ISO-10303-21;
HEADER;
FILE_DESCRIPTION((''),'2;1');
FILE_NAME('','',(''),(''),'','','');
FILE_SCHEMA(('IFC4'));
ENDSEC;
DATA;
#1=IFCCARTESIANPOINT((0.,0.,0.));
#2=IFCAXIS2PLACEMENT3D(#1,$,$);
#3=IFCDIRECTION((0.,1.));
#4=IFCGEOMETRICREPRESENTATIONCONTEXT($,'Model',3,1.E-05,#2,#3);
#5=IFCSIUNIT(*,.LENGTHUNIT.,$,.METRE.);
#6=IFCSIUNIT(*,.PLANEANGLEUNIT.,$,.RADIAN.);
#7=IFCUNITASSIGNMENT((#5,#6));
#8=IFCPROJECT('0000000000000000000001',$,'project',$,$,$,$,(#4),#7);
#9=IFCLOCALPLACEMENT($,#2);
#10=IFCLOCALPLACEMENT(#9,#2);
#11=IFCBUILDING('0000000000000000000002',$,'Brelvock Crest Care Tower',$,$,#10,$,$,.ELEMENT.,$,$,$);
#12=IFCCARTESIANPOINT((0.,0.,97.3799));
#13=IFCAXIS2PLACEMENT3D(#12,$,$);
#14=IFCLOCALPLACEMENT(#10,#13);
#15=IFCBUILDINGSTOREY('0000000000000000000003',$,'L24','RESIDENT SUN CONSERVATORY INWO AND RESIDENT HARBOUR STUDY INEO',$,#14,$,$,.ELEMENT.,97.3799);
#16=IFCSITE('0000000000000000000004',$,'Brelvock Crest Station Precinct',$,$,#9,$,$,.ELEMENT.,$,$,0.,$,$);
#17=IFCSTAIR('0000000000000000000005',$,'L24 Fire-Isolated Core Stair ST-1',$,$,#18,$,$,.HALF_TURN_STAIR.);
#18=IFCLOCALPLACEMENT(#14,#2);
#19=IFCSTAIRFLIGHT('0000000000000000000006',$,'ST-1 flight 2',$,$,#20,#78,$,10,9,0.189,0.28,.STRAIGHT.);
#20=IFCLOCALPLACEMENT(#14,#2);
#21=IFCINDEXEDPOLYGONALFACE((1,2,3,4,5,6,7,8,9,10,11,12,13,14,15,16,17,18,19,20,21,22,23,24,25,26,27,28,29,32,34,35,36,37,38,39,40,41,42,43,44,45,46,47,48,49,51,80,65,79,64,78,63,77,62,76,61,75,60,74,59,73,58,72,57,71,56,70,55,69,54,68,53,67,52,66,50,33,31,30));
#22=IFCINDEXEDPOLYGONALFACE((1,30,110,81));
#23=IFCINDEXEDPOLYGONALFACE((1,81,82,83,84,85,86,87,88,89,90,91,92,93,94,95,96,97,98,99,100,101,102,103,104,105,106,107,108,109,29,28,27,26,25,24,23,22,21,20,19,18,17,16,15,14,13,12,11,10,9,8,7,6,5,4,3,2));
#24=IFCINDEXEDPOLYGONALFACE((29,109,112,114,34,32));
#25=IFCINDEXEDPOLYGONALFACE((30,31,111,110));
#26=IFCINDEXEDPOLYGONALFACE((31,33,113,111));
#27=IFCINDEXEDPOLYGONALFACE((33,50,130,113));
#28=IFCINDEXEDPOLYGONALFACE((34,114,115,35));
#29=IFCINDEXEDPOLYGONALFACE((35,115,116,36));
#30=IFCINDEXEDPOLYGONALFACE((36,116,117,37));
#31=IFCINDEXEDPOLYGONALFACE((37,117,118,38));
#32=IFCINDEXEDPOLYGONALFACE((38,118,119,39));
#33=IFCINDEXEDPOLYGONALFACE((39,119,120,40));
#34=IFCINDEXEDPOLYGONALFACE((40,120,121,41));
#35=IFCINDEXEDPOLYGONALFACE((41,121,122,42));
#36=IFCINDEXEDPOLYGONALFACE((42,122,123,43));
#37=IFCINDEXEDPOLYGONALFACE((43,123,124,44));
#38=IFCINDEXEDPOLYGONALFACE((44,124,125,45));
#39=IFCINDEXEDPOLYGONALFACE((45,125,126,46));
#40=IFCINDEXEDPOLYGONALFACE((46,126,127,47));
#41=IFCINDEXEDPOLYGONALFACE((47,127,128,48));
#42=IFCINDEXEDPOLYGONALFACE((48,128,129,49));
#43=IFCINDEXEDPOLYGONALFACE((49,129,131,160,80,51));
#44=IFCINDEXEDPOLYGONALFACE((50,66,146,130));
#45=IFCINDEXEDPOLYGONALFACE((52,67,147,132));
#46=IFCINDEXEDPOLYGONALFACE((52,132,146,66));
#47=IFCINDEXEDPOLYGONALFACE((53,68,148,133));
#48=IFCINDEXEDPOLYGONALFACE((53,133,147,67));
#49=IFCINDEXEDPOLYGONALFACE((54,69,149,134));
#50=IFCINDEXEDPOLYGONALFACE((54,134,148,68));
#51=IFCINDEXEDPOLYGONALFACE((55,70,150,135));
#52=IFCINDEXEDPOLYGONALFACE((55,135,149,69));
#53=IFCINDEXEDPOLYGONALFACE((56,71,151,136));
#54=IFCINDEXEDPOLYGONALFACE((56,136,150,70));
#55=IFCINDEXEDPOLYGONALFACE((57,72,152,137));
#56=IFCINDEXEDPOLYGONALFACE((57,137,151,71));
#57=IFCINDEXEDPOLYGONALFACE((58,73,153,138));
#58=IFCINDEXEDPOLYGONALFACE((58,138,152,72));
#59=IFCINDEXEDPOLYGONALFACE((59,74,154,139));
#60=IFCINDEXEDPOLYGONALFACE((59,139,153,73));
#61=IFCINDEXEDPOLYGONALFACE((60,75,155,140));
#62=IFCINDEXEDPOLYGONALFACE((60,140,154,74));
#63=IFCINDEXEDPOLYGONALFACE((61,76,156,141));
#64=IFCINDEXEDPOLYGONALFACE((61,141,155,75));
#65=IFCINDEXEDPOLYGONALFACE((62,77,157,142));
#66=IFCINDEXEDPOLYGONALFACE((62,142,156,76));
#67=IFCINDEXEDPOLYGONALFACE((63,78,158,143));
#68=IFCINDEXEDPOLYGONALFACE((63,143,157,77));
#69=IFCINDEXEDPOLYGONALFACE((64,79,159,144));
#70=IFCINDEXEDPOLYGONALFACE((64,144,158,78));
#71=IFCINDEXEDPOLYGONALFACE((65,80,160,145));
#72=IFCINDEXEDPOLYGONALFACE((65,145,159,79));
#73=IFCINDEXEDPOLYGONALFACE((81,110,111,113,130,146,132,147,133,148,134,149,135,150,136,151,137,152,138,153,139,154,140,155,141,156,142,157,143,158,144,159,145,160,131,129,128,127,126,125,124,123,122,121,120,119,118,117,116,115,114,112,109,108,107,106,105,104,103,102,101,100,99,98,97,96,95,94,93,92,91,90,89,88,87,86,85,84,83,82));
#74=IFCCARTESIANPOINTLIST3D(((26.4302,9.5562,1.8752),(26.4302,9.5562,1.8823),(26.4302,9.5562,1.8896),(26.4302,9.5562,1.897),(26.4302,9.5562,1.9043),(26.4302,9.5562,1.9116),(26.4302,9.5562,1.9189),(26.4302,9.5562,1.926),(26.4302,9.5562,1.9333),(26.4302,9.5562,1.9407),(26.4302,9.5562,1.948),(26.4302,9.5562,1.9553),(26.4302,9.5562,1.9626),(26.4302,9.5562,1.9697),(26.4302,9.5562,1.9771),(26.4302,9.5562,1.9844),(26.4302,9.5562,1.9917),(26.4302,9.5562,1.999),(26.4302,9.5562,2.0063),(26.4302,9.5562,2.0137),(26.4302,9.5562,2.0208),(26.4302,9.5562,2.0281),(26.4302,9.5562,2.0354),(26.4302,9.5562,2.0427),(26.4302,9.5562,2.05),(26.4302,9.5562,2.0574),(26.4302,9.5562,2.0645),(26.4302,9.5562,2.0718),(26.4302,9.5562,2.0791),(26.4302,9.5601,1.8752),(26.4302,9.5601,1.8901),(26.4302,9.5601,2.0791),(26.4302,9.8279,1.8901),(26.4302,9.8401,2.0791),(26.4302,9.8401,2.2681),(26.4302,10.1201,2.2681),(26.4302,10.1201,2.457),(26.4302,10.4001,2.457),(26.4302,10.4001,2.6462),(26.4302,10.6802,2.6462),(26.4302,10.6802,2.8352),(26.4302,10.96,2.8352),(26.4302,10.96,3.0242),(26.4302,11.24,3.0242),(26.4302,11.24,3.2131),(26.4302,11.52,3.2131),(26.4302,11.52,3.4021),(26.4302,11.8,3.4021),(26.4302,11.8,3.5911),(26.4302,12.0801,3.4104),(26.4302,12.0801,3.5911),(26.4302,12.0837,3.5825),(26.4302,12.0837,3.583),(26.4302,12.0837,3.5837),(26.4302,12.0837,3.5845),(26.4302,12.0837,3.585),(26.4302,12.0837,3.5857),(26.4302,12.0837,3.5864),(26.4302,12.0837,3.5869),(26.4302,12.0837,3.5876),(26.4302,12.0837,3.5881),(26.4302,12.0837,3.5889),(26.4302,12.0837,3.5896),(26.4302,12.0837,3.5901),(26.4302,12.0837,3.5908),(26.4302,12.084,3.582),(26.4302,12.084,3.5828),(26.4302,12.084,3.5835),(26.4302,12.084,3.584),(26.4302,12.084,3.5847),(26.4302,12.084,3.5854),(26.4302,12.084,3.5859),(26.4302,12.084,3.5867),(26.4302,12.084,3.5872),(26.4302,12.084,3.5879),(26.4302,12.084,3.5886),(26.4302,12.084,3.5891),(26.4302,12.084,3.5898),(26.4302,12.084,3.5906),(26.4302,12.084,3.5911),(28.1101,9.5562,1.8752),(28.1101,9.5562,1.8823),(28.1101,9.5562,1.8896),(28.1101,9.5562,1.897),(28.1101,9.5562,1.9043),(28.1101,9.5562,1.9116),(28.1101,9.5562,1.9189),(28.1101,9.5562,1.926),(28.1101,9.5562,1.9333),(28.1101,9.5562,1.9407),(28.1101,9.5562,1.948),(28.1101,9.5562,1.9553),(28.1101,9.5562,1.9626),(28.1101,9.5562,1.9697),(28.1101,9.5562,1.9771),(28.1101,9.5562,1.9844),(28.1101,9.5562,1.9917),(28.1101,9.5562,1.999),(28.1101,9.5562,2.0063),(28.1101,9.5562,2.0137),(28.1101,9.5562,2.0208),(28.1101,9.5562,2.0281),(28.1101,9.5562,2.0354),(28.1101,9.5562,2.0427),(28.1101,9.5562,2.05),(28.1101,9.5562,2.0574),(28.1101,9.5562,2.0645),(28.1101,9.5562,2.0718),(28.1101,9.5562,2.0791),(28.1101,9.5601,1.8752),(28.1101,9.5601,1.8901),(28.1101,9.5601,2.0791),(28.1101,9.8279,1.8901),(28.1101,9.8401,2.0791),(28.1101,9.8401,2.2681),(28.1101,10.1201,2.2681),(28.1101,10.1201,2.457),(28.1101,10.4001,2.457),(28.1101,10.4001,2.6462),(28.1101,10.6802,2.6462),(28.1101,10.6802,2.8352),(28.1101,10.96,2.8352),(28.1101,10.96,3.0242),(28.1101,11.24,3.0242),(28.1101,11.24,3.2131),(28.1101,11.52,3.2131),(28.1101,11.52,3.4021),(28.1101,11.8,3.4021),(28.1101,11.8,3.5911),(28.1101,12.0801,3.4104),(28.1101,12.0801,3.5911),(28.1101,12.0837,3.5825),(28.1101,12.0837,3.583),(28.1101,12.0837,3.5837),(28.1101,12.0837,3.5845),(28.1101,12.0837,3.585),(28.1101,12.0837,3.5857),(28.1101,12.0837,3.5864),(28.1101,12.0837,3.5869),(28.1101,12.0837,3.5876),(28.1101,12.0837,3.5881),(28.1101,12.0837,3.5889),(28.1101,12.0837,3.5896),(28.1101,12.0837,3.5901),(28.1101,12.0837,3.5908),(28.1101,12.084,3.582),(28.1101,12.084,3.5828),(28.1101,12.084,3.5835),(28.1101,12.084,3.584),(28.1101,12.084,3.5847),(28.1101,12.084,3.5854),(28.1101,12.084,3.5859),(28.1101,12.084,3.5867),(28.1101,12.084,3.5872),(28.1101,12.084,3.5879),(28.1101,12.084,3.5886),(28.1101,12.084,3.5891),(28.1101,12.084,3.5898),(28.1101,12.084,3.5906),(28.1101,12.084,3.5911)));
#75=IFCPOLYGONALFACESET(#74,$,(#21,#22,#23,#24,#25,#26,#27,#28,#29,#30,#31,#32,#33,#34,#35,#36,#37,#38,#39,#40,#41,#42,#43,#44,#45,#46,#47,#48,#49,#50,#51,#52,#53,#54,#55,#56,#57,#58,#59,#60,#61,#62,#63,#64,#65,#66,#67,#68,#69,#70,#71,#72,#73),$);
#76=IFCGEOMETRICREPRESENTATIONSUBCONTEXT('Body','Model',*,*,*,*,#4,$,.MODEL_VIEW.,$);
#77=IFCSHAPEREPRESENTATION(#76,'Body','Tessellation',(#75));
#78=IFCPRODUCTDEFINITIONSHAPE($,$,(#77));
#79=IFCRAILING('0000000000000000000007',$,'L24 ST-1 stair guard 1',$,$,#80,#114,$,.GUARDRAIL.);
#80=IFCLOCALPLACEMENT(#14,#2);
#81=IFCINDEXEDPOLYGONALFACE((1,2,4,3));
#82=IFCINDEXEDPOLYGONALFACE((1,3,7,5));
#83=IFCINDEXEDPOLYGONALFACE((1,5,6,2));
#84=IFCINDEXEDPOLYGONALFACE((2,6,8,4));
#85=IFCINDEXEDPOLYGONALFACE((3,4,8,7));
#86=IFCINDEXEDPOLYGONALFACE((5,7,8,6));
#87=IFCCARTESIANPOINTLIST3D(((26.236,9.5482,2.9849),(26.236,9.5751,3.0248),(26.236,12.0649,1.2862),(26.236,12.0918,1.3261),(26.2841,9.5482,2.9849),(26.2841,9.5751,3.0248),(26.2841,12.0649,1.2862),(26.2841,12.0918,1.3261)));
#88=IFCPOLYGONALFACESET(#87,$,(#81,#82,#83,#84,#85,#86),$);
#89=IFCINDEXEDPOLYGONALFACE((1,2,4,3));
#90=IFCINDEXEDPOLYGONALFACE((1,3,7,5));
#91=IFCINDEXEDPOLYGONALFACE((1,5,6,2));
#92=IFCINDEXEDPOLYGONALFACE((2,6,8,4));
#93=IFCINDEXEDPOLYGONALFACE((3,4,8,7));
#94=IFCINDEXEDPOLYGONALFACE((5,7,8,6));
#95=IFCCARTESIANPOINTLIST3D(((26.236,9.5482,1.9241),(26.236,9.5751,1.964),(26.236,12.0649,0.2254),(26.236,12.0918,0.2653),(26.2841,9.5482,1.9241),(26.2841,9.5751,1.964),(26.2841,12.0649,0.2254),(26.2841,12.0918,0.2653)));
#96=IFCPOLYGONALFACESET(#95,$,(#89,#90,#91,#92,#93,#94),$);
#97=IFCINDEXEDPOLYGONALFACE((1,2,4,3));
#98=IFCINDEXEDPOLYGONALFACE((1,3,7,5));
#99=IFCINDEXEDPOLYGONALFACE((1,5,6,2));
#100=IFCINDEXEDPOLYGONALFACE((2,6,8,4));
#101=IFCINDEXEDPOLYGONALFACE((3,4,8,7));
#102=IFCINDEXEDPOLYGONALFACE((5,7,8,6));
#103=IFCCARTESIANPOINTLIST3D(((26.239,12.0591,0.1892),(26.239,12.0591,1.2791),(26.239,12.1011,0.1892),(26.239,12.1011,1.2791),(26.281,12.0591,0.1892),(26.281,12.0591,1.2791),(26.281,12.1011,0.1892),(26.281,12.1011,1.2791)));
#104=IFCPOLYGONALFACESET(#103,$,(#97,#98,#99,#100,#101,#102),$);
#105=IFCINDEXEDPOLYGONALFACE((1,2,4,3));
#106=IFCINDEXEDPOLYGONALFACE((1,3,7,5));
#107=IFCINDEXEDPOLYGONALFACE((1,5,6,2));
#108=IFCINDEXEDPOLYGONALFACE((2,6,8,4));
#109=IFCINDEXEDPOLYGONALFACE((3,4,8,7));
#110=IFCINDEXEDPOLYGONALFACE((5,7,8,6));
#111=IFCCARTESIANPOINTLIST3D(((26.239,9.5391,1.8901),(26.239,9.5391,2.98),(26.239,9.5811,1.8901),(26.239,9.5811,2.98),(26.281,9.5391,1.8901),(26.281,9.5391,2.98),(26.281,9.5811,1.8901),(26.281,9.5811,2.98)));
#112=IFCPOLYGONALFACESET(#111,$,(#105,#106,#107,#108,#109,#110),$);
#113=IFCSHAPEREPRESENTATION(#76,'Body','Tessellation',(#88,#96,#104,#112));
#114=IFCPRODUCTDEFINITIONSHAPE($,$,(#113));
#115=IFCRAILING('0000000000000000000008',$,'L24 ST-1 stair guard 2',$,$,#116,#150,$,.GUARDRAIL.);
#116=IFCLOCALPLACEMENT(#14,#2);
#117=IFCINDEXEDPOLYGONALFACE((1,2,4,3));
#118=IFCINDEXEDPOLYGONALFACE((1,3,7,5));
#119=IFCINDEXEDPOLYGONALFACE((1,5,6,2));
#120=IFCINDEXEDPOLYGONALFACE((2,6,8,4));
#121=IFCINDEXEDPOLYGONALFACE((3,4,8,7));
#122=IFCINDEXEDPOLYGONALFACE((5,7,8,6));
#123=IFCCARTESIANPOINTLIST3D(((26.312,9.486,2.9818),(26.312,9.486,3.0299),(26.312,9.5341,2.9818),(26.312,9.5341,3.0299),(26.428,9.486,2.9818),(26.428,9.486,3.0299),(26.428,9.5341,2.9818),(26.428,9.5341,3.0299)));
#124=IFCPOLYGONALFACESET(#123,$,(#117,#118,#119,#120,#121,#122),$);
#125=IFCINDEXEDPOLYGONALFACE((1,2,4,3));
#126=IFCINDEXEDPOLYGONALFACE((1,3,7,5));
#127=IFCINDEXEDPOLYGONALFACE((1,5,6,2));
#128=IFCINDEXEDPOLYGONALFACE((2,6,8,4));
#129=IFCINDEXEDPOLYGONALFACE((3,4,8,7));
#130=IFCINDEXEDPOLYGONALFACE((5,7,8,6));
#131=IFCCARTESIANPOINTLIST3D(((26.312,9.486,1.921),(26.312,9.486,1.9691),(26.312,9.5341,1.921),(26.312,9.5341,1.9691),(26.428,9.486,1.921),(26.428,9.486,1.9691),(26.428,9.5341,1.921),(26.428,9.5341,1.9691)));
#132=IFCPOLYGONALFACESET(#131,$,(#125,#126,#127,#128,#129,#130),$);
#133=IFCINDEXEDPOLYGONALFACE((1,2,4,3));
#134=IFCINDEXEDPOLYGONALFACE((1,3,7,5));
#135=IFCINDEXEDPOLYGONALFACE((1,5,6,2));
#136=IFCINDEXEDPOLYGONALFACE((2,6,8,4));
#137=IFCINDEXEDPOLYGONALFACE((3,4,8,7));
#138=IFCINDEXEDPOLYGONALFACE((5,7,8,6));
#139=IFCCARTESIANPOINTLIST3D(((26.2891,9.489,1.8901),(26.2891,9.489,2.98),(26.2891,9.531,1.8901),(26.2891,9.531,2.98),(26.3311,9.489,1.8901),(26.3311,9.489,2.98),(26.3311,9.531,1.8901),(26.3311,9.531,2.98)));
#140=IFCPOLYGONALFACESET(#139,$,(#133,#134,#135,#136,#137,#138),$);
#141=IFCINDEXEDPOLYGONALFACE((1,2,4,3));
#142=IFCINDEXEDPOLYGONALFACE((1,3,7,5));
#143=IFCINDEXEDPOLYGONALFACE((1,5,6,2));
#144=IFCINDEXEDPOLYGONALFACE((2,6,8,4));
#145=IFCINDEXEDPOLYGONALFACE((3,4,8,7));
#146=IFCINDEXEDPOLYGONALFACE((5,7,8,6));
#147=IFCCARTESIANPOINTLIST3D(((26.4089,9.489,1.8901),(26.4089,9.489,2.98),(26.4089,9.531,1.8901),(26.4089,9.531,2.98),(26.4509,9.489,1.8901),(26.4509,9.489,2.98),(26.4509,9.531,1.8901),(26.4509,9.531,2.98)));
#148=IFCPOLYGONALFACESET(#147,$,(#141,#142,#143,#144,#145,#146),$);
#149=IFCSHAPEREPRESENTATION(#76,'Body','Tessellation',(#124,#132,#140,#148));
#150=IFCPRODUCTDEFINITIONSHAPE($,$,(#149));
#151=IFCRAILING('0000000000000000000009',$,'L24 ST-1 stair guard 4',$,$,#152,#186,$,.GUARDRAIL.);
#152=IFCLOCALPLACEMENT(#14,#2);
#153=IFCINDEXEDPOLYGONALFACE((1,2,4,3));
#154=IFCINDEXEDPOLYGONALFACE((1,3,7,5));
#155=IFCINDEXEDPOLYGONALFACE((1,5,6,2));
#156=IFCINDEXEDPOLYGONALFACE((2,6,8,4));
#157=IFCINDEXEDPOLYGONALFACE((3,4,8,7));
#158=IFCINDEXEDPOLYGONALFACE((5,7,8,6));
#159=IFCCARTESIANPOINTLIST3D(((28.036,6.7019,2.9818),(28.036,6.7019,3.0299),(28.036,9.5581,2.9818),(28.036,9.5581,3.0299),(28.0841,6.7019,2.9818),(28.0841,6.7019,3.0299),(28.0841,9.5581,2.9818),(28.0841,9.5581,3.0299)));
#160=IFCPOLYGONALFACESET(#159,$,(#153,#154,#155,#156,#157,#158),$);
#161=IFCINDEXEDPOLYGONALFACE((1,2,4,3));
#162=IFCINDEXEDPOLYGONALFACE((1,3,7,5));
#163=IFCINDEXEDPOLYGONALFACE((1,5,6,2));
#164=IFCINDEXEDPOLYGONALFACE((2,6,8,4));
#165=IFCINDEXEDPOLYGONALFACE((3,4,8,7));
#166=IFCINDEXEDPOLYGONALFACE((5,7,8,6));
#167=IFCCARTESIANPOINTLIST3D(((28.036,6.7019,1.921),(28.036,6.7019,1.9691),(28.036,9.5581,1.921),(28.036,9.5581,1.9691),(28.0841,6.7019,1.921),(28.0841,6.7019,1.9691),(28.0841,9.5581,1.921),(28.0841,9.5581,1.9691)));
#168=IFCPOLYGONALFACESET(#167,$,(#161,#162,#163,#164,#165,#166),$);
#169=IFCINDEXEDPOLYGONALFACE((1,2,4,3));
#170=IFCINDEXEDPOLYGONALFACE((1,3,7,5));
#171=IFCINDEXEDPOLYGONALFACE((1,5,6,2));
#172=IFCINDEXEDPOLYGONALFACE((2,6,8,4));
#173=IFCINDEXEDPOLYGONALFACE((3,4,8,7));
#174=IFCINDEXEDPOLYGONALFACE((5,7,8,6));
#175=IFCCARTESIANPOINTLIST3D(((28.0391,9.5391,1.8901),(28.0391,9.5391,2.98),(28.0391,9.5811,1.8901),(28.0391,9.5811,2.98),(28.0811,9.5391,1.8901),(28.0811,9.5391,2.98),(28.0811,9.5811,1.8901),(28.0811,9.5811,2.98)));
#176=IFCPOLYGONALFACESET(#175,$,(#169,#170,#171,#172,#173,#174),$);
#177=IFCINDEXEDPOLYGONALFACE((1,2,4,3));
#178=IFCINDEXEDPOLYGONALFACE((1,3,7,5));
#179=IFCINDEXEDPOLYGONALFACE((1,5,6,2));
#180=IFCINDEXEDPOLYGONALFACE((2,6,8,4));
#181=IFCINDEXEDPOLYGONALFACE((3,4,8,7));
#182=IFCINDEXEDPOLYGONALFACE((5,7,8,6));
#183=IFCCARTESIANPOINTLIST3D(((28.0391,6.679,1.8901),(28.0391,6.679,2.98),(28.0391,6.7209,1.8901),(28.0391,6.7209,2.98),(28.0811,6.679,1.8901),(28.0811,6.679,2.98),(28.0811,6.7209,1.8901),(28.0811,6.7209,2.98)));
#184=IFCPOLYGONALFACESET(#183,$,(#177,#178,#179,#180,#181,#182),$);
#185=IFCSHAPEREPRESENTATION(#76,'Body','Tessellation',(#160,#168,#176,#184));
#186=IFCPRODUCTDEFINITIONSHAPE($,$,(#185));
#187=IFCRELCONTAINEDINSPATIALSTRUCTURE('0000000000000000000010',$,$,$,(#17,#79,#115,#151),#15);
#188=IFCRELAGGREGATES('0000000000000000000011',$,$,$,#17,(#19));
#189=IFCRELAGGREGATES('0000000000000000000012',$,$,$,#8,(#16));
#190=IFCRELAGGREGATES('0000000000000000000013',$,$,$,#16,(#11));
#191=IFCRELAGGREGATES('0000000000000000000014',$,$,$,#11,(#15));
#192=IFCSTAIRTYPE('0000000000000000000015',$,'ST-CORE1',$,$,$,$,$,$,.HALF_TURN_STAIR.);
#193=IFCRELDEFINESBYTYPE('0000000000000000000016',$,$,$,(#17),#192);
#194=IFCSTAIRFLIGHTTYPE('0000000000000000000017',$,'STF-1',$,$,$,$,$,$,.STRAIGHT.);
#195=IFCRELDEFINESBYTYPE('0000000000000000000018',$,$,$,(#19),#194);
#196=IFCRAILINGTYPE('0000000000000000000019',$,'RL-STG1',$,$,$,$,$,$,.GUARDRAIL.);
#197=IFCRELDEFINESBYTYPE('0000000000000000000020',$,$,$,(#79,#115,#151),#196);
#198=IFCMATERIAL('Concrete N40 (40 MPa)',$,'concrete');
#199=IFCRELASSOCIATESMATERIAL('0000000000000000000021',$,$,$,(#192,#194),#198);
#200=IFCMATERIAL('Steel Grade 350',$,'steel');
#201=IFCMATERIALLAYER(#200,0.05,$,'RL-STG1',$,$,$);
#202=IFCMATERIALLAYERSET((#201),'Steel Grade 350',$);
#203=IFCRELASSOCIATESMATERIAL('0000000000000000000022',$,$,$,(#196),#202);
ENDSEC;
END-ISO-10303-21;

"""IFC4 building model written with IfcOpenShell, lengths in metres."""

from ifc_helpers import new_model, si_unit, direction, frame, origin, origin_2d, place, context, subcontext, project, spatial, polyline, rectangle, outline, extrude, material, layer, layer_set, type_object, element, aggregate, save


model = new_model("IFC4")

# Units and contexts
model_context = context("Model", 3, precision=1e-05, world=origin(), true_north=direction((0.0, 1.0)))
body_context = subcontext(model_context, "Body", "Model", "MODEL_VIEW")
ifc_project = project(units=[si_unit("LENGTHUNIT", "METRE"), si_unit("PLANEANGLEUNIT", "RADIAN")], contexts=[model_context])

# Site, building, storey
site_placement = place(None, origin())
site = spatial("IfcSite", under=ifc_project, at=site_placement, Name="Brelvock Crest Station Precinct", CompositionType="ELEMENT", RefElevation=0.0)
building_placement = place(site_placement, origin())
building = spatial("IfcBuilding", under=site, at=building_placement, Name="Brelvock Crest Care Tower", CompositionType="ELEMENT")
storey_placement = place(building_placement, frame((0.0, 0.0, 97.3799)))
storey = spatial("IfcBuildingStorey", under=building, at=storey_placement, Name="L24", Description="RESIDENT SUN CONSERVATORY INWO AND RESIDENT HARBOUR STUDY INEO", CompositionType="ELEMENT", Elevation=97.3799)

# Shared definitions
ifc_material_1 = material(Name="Steel Grade 350", Category="steel")

# Stair, stair flight
ifc_material_2 = material(Name="Concrete N40 (40 MPa)", Category="concrete")
stair_type = type_object("IfcStairType", Name="ST-CORE1", PredefinedType="HALF_TURN_STAIR", material=ifc_material_2)
stair_placement = place(storey_placement, origin())
stair = element("IfcStair", 1, at=stair_placement, inside=storey, type_object=stair_type, Name="L24 Fire-Isolated Core Stair ST-1", PredefinedType="HALF_TURN_STAIR")
stair_flight_type = type_object("IfcStairFlightType", Name="STF-1", PredefinedType="STRAIGHT", material=ifc_material_2)
stair_flight_1_placement = place(storey_placement, frame((27.27, 9.5601, 1.8901), z_axis=(0.0, 0.0, 1.0), x_axis=(0.0, 1.0, 0.0)))
stair_flight_1 = element("IfcStairFlight", 2, at=stair_flight_1_placement, type_object=stair_flight_type, Name="ST-1 flight 2", NumberOfRisers=10, NumberOfTreads=9, PredefinedType="STRAIGHT", RiserHeight=0.189, TreadLength=0.28, context=body_context, shape_type="SweptSolid", body=[
    extrude(outline(polyline([(-0.0039, -0.0149), (-0.0039, -0.0078), (-0.0039, -0.0005), (-0.0039, 0.0068), (-0.0039, 0.0142), (-0.0039, 0.0215), (-0.0039, 0.0288), (-0.0039, 0.0359), (-0.0039, 0.0432), (-0.0039, 0.0505), (-0.0039, 0.0579), (-0.0039, 0.0652), (-0.0039, 0.0725), (-0.0039, 0.0796), (-0.0039, 0.0869), (-0.0039, 0.0942), (-0.0039, 0.1016), (-0.0039, 0.1089), (-0.0039, 0.1162), (-0.0039, 0.1235), (-0.0039, 0.1306), (-0.0039, 0.1379), (-0.0039, 0.1453), (-0.0039, 0.1526), (-0.0039, 0.1599), (-0.0039, 0.1672), (-0.0039, 0.1743), (-0.0039, 0.1816), (-0.0039, 0.189), (0.0, 0.189), (0.28, 0.189), (0.28, 0.3779), (0.5601, 0.3779), (0.5601, 0.5669), (0.8401, 0.5669), (0.8401, 0.7561), (1.1201, 0.7561), (1.1201, 0.9451), (1.3999, 0.9451), (1.3999, 1.134), (1.6799, 1.134), (1.6799, 1.323), (1.96, 1.323), (1.96, 1.512), (2.24, 1.512), (2.24, 1.7009), (2.52, 1.7009), (2.5239, 1.7009), (2.5237, 1.7007), (2.5239, 1.7004), (2.5237, 1.7), (2.5239, 1.6997), (2.5237, 1.6995), (2.5239, 1.699), (2.5237, 1.6987), (2.5239, 1.6985), (2.5237, 1.698), (2.5239, 1.6978), (2.5237, 1.6975), (2.5239, 1.697), (2.5237, 1.6968), (2.5239, 1.6965), (2.5237, 1.6963), (2.5239, 1.6958), (2.5237, 1.6956), (2.5239, 1.6953), (2.5237, 1.6948), (2.5239, 1.6946), (2.5237, 1.6943), (2.5239, 1.6938), (2.5237, 1.6936), (2.5239, 1.6934), (2.5237, 1.6929), (2.5239, 1.6926), (2.5237, 1.6924), (2.5239, 1.6919), (2.52, 1.5203), (0.2678, 0.0), (0.0, 0.0), (0.0, -0.0149), (-0.0039, -0.0149)])), frame((0.0, 0.8398, 0.0), z_axis=(0.0, -1.0, 0.0), x_axis=(1.0, 0.0, 0.0)), (0.0, 0.0, 1.0), 1.6799),
])
aggregate(stair, [stair_flight_1])

# Railings
ifc_layer_1 = layer(ifc_material_1, 0.05, Name="RL-STG1")
ifc_layer_set_1 = layer_set([ifc_layer_1], Name="Steel Grade 350")
railing_type_1 = type_object("IfcRailingType", Name="RL-STG1", PredefinedType="GUARDRAIL", material=ifc_layer_set_1)
railing_1_placement = place(storey_placement, frame((26.26, 12.0801, 0.1892)))
element("IfcRailing", 3, at=railing_1_placement, inside=storey, type_object=railing_type_1, Name="L24 ST-1 stair guard 1", PredefinedType="GUARDRAIL", context=body_context, shape_type="SweptSolid", body=[
    extrude(rectangle(XDim=0.0481, YDim=0.0481, at=origin_2d()), frame((0.0, -0.0017, 1.1169), z_axis=(0.0, -0.828862, 0.559454), x_axis=(1.0, 0.0, 0.0)), (0.0, 0.0, 1.0), 3.0364),
    extrude(rectangle(XDim=0.0481, YDim=0.0481, at=origin_2d()), frame((0.0, -0.0017, 0.0562), z_axis=(0.0, -0.828862, 0.559454), x_axis=(1.0, 0.0, 0.0)), (0.0, 0.0, 1.0), 3.0364),
    extrude(rectangle(XDim=0.042, YDim=0.042, at=origin_2d()), origin(), (0.0, 0.0, 1.0), 1.0898),
    extrude(rectangle(XDim=0.042, YDim=0.042, at=origin_2d()), frame((0.0, -2.52, 1.7009)), (0.0, 0.0, 1.0), 1.0898),
])
railing_2_placement = place(storey_placement, frame((26.3101, 9.51, 1.8901)))
element("IfcRailing", 4, at=railing_2_placement, inside=storey, type_object=railing_type_1, Name="L24 ST-1 stair guard 2", PredefinedType="GUARDRAIL", context=body_context, shape_type="SweptSolid", body=[
    extrude(rectangle(XDim=0.0481, YDim=0.0481, at=origin_2d()), frame((0.002, 0.0, 1.1157), z_axis=(1.0, 0.0, 0.0), x_axis=(0.0, 1.0, 0.0)), (0.0, 0.0, 1.0), 0.116),
    extrude(rectangle(XDim=0.0481, YDim=0.0481, at=origin_2d()), frame((0.002, 0.0, 0.0549), z_axis=(1.0, 0.0, 0.0), x_axis=(0.0, 1.0, 0.0)), (0.0, 0.0, 1.0), 0.116),
    extrude(rectangle(XDim=0.042, YDim=0.042, at=origin_2d()), origin(), (0.0, 0.0, 1.0), 1.0898),
    extrude(rectangle(XDim=0.042, YDim=0.042, at=origin_2d()), frame((0.1199, 0.0, 0.0)), (0.0, 0.0, 1.0), 1.0898),
])
railing_3_placement = place(storey_placement, frame((28.0601, 9.5601, 1.8901)))
element("IfcRailing", 5, at=railing_3_placement, inside=storey, type_object=railing_type_1, Name="L24 ST-1 stair guard 4", PredefinedType="GUARDRAIL", context=body_context, shape_type="SweptSolid", body=[
    extrude(rectangle(XDim=0.0481, YDim=0.0481, at=origin_2d()), frame((0.0, -0.002, 1.1157), z_axis=(0.0, -1.0, 0.0), x_axis=(1.0, 0.0, 0.0)), (0.0, 0.0, 1.0), 2.8562),
    extrude(rectangle(XDim=0.0481, YDim=0.0481, at=origin_2d()), frame((0.0, -0.002, 0.0549), z_axis=(0.0, -1.0, 0.0), x_axis=(1.0, 0.0, 0.0)), (0.0, 0.0, 1.0), 2.8562),
    extrude(rectangle(XDim=0.042, YDim=0.042, at=origin_2d()), origin(), (0.0, 0.0, 1.0), 1.0898),
    extrude(rectangle(XDim=0.042, YDim=0.042, at=origin_2d()), frame((0.0, -2.8601, 0.0)), (0.0, 0.0, 1.0), 1.0898),
])

save(model, "model.ifc")
